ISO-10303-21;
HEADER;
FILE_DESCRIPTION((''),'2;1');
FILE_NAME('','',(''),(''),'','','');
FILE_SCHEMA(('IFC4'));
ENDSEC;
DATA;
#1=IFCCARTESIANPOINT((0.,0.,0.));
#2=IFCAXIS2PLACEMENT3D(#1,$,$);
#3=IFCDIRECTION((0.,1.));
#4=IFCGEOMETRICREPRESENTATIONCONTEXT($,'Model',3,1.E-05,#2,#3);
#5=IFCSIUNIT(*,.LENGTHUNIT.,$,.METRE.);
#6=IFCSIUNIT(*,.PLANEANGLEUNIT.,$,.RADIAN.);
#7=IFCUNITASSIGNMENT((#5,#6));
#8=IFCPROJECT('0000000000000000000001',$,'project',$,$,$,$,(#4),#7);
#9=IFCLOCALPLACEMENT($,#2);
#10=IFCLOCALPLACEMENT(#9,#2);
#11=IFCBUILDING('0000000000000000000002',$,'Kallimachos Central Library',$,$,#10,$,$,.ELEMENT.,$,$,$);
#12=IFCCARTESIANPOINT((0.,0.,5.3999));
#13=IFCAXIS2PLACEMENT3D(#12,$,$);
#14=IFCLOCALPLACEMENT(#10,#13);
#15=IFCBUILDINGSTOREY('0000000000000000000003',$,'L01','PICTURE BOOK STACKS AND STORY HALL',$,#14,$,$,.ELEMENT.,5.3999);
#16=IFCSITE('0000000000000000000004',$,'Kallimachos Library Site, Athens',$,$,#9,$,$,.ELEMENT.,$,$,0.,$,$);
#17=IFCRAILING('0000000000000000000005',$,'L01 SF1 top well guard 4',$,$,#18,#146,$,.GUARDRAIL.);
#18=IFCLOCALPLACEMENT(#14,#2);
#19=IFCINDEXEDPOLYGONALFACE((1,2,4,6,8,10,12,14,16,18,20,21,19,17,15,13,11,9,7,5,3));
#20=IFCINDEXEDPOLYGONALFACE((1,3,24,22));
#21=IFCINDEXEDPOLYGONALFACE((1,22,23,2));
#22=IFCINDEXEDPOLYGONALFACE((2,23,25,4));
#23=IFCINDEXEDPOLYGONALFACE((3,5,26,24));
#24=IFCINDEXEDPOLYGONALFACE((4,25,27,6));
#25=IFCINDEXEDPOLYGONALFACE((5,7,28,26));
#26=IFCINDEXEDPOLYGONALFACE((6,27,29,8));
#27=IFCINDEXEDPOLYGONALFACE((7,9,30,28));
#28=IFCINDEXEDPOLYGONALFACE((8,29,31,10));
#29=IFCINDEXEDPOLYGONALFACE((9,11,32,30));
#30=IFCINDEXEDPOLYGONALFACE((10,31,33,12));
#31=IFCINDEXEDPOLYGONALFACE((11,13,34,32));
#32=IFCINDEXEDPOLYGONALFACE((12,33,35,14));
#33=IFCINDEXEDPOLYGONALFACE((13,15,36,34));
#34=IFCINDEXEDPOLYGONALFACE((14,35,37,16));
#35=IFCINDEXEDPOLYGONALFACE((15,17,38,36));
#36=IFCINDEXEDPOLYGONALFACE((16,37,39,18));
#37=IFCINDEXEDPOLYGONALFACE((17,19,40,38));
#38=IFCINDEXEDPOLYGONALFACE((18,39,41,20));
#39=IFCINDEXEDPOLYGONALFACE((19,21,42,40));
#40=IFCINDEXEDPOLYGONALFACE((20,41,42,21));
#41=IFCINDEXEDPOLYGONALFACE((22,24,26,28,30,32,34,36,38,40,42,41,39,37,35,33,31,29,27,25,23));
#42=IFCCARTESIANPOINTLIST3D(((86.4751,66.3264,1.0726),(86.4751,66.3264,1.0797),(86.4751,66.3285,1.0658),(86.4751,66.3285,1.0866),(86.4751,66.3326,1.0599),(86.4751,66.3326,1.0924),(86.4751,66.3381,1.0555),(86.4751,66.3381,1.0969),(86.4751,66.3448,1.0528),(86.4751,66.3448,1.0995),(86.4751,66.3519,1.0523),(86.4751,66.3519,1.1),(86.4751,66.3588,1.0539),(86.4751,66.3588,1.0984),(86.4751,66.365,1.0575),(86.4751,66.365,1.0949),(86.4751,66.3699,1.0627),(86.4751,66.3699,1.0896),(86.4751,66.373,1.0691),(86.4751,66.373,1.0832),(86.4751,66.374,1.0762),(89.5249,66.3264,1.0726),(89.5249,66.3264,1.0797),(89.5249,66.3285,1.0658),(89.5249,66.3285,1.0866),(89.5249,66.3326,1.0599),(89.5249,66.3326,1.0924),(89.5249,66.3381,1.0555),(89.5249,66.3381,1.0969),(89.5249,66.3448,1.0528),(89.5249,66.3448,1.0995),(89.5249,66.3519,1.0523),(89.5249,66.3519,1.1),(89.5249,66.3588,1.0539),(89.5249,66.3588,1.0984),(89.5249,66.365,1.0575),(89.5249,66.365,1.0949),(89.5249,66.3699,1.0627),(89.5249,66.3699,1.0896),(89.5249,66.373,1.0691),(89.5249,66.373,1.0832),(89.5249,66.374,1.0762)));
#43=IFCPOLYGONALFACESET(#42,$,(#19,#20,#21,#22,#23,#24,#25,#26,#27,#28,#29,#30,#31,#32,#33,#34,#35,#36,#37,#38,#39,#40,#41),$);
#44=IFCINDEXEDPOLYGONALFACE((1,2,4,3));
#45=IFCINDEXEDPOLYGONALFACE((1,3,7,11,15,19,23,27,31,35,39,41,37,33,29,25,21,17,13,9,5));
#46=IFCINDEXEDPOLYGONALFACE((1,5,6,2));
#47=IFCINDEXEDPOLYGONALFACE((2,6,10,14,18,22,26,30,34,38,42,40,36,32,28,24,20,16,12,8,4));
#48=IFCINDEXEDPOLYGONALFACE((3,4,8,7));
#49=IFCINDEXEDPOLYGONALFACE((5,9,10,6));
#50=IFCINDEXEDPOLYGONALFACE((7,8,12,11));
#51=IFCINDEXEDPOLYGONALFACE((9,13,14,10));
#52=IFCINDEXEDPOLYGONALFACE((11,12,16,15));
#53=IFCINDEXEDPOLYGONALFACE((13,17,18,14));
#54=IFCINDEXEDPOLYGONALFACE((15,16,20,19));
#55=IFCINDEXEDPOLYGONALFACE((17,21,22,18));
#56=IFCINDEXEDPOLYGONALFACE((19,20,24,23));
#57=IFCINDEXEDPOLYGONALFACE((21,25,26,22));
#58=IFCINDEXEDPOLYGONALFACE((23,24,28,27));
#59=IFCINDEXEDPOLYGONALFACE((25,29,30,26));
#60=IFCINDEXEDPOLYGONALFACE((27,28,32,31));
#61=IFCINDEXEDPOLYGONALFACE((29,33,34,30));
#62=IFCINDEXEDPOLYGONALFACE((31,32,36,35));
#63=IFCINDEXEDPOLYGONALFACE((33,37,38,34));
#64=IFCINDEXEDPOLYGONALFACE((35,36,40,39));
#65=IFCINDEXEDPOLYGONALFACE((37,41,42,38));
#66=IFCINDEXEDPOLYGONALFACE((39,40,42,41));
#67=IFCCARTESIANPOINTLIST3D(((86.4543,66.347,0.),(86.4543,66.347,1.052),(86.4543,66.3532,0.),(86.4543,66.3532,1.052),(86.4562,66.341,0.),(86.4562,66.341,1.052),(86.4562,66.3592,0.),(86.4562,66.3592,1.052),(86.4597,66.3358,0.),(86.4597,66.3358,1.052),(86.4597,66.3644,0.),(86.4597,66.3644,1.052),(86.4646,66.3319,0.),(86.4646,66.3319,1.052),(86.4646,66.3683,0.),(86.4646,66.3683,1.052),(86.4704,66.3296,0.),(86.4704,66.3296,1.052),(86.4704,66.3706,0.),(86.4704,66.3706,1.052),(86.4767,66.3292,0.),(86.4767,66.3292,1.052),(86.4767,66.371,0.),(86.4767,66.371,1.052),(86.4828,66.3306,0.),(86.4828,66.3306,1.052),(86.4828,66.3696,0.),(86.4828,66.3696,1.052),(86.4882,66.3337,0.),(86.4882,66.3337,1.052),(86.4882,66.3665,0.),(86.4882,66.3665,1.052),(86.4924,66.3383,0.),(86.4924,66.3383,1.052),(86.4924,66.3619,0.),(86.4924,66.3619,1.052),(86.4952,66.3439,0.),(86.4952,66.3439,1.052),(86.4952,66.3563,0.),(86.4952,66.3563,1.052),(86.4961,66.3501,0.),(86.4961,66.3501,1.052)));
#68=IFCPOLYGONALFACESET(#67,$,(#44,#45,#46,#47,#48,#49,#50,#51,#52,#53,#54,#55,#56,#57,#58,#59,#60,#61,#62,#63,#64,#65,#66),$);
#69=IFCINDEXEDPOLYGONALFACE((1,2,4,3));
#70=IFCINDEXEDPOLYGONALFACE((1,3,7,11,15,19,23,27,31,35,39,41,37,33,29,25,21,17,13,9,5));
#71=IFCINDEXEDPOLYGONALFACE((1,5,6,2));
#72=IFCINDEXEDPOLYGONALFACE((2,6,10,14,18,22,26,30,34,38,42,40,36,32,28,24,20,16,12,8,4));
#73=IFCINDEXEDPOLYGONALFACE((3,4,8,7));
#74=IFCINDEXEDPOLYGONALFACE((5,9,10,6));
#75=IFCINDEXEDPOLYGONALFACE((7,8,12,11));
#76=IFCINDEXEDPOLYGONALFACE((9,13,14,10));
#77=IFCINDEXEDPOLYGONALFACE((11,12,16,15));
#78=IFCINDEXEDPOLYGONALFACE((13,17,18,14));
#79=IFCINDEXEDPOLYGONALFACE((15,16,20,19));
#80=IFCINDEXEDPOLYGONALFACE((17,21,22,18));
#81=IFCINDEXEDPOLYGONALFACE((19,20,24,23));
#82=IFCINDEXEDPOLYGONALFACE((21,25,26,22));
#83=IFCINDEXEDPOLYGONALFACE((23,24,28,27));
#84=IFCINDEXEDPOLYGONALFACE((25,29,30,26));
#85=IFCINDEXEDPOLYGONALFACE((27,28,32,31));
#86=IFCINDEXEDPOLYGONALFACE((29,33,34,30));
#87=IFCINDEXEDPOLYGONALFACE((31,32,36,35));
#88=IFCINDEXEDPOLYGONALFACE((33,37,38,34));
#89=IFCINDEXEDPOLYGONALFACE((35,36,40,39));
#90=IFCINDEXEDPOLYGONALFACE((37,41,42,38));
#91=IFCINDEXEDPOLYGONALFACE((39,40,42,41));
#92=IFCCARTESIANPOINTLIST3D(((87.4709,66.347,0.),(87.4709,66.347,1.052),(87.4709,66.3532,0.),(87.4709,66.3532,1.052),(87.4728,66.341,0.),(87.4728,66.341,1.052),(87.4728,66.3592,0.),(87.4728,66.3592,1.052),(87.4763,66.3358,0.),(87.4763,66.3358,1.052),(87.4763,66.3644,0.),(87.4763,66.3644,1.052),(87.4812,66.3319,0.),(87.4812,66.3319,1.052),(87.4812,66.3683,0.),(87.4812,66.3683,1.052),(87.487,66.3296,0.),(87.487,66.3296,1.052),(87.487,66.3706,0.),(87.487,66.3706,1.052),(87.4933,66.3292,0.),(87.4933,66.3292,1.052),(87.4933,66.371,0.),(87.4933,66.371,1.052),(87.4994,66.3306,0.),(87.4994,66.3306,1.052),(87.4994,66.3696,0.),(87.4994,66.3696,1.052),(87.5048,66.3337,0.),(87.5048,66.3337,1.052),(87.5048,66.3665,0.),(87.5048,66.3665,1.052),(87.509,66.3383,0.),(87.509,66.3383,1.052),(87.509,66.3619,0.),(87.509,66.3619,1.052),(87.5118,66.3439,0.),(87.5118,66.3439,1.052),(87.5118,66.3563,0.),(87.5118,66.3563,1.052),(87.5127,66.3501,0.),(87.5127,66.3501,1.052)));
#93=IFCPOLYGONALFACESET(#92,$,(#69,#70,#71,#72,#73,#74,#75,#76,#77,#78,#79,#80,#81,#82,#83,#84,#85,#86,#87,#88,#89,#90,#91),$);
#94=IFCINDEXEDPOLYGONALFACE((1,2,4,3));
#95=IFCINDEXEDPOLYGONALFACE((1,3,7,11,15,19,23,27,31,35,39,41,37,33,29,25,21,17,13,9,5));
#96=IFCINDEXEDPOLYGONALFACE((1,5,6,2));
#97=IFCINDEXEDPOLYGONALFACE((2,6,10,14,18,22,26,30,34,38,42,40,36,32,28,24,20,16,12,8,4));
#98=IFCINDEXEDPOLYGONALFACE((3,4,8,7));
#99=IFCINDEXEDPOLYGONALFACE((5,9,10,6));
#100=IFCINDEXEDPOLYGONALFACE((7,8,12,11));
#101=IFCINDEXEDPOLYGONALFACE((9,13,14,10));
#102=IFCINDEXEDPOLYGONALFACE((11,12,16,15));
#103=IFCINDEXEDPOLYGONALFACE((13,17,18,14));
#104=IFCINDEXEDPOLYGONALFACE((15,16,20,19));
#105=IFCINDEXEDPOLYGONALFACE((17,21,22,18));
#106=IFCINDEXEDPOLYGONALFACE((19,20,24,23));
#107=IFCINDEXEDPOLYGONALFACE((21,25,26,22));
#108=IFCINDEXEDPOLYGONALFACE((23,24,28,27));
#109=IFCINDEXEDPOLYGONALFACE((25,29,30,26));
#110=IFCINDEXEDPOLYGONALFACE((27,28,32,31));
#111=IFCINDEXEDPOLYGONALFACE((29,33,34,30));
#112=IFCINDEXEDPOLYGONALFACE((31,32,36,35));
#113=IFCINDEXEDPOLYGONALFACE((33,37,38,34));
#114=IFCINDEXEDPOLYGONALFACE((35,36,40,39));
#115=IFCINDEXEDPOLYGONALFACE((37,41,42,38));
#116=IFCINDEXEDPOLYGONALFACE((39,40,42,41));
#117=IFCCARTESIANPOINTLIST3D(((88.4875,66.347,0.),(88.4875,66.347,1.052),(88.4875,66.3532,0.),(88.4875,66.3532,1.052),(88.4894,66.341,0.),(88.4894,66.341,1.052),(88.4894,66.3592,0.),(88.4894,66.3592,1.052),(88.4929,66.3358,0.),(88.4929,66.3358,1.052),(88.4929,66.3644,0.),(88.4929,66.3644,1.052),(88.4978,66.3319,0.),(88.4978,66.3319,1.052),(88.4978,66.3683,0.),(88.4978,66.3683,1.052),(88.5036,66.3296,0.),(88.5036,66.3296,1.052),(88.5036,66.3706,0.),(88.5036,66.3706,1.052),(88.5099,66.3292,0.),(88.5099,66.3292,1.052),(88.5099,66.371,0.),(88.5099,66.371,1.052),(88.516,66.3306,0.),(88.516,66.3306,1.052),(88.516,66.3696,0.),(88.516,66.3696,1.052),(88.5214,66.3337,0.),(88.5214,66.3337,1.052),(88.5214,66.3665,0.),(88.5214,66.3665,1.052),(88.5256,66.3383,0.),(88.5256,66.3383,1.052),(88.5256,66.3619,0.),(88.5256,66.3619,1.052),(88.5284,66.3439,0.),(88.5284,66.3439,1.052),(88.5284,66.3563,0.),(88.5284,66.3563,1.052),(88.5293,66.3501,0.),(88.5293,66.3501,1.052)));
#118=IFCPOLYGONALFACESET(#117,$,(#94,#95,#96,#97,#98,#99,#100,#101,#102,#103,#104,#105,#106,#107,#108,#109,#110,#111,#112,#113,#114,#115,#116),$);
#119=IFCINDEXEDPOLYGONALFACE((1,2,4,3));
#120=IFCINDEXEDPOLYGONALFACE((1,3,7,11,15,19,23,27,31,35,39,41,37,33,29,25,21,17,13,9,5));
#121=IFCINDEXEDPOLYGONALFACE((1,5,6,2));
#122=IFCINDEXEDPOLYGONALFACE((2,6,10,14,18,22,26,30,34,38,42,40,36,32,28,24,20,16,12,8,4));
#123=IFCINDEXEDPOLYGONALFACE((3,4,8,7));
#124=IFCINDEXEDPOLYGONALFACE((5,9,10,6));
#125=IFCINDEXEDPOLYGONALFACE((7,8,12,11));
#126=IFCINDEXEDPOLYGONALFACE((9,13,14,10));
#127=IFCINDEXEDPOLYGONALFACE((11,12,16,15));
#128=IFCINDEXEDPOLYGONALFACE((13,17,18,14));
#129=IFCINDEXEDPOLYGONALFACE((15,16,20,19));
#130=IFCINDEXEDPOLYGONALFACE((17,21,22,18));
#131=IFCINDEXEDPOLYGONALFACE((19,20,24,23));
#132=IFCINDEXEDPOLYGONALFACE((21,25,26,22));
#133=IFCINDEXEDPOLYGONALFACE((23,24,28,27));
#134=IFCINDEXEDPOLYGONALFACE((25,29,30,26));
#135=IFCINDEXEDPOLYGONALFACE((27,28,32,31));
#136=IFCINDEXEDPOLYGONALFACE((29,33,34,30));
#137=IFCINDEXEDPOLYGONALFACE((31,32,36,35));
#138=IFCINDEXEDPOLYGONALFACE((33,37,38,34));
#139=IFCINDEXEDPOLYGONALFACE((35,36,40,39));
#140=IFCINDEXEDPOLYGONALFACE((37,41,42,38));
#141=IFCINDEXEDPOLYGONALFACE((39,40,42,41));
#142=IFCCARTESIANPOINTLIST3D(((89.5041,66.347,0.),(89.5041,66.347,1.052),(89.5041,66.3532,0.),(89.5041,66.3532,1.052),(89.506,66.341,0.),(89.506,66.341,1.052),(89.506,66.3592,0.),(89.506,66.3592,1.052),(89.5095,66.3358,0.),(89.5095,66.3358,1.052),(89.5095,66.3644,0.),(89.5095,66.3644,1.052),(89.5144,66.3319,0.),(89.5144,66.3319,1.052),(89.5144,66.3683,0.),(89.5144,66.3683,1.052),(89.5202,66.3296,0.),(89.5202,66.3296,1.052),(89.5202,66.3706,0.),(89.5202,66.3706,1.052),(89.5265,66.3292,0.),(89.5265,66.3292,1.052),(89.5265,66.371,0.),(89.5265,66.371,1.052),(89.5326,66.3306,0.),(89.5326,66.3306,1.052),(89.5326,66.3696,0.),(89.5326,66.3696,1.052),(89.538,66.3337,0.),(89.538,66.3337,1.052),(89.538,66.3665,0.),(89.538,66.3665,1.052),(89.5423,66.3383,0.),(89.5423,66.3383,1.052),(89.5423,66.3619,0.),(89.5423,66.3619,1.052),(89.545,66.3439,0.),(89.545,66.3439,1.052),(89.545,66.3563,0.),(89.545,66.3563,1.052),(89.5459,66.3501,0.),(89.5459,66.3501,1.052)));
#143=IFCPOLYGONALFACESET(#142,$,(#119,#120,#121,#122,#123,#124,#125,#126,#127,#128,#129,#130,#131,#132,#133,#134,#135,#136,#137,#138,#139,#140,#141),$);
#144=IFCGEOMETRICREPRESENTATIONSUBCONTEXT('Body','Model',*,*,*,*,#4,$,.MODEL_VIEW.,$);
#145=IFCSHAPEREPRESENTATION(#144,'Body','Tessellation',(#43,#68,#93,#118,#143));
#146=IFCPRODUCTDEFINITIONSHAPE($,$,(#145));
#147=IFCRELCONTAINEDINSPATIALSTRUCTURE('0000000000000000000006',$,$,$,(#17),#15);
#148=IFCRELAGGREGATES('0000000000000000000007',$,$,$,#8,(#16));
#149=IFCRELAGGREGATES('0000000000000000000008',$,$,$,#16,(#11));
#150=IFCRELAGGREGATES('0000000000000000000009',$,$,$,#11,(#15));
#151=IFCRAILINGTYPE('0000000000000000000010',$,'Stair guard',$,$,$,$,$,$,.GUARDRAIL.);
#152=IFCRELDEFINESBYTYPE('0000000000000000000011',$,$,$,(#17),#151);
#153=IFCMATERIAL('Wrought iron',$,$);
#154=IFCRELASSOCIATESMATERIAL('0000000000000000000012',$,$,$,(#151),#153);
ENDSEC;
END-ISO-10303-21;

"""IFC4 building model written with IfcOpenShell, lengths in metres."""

from ifc_helpers import new_model, si_unit, direction, frame, origin, origin_2d, place, context, subcontext, project, spatial, circle, extrude, material, type_object, element, save


model = new_model("IFC4")

# Units and contexts
model_context = context("Model", 3, precision=1e-05, world=origin(), true_north=direction((0.0, 1.0)))
body_context = subcontext(model_context, "Body", "Model", "MODEL_VIEW")
ifc_project = project(units=[si_unit("LENGTHUNIT", "METRE"), si_unit("PLANEANGLEUNIT", "RADIAN")], contexts=[model_context])

# Site, building, storey
site_placement = place(None, origin())
site = spatial("IfcSite", under=ifc_project, at=site_placement, Name="Kallimachos Library Site, Athens", CompositionType="ELEMENT", RefElevation=0.0)
building_placement = place(site_placement, origin())
building = spatial("IfcBuilding", under=site, at=building_placement, Name="Kallimachos Central Library", CompositionType="ELEMENT")
storey_placement = place(building_placement, frame((0.0, 0.0, 5.3999)))
storey = spatial("IfcBuildingStorey", under=building, at=storey_placement, Name="L01", Description="PICTURE BOOK STACKS AND STORY HALL", CompositionType="ELEMENT", Elevation=5.3999)

# Railing
ifc_material_1 = material(Name="Wrought iron")
railing_type_1 = type_object("IfcRailingType", Name="Stair guard", PredefinedType="GUARDRAIL", material=ifc_material_1)
railing_1_placement = place(storey_placement, frame((86.4751, 66.3501, 0.0)))
element("IfcRailing", 1, at=railing_1_placement, inside=storey, type_object=railing_type_1, Name="L01 SF1 top well guard 4", PredefinedType="GUARDRAIL", context=body_context, shape_type="SweptSolid", body=[
    extrude(circle(Radius=0.0239, at=origin_2d()), frame((0.0, 0.0, 1.0762), z_axis=(1.0, 0.0, 0.0), x_axis=(0.0, 1.0, 0.0)), (0.0, 0.0, 1.0), 3.0498),
    extrude(circle(Radius=0.021, at=origin_2d()), origin(), (0.0, 0.0, 1.0), 1.052),
    extrude(circle(Radius=0.021, at=origin_2d()), frame((1.0166, 0.0, 0.0)), (0.0, 0.0, 1.0), 1.052),
    extrude(circle(Radius=0.021, at=origin_2d()), frame((2.0332, 0.0, 0.0)), (0.0, 0.0, 1.0), 1.052),
    extrude(circle(Radius=0.021, at=origin_2d()), frame((3.0498, 0.0, 0.0)), (0.0, 0.0, 1.0), 1.052),
])

save(model, "model.ifc")
